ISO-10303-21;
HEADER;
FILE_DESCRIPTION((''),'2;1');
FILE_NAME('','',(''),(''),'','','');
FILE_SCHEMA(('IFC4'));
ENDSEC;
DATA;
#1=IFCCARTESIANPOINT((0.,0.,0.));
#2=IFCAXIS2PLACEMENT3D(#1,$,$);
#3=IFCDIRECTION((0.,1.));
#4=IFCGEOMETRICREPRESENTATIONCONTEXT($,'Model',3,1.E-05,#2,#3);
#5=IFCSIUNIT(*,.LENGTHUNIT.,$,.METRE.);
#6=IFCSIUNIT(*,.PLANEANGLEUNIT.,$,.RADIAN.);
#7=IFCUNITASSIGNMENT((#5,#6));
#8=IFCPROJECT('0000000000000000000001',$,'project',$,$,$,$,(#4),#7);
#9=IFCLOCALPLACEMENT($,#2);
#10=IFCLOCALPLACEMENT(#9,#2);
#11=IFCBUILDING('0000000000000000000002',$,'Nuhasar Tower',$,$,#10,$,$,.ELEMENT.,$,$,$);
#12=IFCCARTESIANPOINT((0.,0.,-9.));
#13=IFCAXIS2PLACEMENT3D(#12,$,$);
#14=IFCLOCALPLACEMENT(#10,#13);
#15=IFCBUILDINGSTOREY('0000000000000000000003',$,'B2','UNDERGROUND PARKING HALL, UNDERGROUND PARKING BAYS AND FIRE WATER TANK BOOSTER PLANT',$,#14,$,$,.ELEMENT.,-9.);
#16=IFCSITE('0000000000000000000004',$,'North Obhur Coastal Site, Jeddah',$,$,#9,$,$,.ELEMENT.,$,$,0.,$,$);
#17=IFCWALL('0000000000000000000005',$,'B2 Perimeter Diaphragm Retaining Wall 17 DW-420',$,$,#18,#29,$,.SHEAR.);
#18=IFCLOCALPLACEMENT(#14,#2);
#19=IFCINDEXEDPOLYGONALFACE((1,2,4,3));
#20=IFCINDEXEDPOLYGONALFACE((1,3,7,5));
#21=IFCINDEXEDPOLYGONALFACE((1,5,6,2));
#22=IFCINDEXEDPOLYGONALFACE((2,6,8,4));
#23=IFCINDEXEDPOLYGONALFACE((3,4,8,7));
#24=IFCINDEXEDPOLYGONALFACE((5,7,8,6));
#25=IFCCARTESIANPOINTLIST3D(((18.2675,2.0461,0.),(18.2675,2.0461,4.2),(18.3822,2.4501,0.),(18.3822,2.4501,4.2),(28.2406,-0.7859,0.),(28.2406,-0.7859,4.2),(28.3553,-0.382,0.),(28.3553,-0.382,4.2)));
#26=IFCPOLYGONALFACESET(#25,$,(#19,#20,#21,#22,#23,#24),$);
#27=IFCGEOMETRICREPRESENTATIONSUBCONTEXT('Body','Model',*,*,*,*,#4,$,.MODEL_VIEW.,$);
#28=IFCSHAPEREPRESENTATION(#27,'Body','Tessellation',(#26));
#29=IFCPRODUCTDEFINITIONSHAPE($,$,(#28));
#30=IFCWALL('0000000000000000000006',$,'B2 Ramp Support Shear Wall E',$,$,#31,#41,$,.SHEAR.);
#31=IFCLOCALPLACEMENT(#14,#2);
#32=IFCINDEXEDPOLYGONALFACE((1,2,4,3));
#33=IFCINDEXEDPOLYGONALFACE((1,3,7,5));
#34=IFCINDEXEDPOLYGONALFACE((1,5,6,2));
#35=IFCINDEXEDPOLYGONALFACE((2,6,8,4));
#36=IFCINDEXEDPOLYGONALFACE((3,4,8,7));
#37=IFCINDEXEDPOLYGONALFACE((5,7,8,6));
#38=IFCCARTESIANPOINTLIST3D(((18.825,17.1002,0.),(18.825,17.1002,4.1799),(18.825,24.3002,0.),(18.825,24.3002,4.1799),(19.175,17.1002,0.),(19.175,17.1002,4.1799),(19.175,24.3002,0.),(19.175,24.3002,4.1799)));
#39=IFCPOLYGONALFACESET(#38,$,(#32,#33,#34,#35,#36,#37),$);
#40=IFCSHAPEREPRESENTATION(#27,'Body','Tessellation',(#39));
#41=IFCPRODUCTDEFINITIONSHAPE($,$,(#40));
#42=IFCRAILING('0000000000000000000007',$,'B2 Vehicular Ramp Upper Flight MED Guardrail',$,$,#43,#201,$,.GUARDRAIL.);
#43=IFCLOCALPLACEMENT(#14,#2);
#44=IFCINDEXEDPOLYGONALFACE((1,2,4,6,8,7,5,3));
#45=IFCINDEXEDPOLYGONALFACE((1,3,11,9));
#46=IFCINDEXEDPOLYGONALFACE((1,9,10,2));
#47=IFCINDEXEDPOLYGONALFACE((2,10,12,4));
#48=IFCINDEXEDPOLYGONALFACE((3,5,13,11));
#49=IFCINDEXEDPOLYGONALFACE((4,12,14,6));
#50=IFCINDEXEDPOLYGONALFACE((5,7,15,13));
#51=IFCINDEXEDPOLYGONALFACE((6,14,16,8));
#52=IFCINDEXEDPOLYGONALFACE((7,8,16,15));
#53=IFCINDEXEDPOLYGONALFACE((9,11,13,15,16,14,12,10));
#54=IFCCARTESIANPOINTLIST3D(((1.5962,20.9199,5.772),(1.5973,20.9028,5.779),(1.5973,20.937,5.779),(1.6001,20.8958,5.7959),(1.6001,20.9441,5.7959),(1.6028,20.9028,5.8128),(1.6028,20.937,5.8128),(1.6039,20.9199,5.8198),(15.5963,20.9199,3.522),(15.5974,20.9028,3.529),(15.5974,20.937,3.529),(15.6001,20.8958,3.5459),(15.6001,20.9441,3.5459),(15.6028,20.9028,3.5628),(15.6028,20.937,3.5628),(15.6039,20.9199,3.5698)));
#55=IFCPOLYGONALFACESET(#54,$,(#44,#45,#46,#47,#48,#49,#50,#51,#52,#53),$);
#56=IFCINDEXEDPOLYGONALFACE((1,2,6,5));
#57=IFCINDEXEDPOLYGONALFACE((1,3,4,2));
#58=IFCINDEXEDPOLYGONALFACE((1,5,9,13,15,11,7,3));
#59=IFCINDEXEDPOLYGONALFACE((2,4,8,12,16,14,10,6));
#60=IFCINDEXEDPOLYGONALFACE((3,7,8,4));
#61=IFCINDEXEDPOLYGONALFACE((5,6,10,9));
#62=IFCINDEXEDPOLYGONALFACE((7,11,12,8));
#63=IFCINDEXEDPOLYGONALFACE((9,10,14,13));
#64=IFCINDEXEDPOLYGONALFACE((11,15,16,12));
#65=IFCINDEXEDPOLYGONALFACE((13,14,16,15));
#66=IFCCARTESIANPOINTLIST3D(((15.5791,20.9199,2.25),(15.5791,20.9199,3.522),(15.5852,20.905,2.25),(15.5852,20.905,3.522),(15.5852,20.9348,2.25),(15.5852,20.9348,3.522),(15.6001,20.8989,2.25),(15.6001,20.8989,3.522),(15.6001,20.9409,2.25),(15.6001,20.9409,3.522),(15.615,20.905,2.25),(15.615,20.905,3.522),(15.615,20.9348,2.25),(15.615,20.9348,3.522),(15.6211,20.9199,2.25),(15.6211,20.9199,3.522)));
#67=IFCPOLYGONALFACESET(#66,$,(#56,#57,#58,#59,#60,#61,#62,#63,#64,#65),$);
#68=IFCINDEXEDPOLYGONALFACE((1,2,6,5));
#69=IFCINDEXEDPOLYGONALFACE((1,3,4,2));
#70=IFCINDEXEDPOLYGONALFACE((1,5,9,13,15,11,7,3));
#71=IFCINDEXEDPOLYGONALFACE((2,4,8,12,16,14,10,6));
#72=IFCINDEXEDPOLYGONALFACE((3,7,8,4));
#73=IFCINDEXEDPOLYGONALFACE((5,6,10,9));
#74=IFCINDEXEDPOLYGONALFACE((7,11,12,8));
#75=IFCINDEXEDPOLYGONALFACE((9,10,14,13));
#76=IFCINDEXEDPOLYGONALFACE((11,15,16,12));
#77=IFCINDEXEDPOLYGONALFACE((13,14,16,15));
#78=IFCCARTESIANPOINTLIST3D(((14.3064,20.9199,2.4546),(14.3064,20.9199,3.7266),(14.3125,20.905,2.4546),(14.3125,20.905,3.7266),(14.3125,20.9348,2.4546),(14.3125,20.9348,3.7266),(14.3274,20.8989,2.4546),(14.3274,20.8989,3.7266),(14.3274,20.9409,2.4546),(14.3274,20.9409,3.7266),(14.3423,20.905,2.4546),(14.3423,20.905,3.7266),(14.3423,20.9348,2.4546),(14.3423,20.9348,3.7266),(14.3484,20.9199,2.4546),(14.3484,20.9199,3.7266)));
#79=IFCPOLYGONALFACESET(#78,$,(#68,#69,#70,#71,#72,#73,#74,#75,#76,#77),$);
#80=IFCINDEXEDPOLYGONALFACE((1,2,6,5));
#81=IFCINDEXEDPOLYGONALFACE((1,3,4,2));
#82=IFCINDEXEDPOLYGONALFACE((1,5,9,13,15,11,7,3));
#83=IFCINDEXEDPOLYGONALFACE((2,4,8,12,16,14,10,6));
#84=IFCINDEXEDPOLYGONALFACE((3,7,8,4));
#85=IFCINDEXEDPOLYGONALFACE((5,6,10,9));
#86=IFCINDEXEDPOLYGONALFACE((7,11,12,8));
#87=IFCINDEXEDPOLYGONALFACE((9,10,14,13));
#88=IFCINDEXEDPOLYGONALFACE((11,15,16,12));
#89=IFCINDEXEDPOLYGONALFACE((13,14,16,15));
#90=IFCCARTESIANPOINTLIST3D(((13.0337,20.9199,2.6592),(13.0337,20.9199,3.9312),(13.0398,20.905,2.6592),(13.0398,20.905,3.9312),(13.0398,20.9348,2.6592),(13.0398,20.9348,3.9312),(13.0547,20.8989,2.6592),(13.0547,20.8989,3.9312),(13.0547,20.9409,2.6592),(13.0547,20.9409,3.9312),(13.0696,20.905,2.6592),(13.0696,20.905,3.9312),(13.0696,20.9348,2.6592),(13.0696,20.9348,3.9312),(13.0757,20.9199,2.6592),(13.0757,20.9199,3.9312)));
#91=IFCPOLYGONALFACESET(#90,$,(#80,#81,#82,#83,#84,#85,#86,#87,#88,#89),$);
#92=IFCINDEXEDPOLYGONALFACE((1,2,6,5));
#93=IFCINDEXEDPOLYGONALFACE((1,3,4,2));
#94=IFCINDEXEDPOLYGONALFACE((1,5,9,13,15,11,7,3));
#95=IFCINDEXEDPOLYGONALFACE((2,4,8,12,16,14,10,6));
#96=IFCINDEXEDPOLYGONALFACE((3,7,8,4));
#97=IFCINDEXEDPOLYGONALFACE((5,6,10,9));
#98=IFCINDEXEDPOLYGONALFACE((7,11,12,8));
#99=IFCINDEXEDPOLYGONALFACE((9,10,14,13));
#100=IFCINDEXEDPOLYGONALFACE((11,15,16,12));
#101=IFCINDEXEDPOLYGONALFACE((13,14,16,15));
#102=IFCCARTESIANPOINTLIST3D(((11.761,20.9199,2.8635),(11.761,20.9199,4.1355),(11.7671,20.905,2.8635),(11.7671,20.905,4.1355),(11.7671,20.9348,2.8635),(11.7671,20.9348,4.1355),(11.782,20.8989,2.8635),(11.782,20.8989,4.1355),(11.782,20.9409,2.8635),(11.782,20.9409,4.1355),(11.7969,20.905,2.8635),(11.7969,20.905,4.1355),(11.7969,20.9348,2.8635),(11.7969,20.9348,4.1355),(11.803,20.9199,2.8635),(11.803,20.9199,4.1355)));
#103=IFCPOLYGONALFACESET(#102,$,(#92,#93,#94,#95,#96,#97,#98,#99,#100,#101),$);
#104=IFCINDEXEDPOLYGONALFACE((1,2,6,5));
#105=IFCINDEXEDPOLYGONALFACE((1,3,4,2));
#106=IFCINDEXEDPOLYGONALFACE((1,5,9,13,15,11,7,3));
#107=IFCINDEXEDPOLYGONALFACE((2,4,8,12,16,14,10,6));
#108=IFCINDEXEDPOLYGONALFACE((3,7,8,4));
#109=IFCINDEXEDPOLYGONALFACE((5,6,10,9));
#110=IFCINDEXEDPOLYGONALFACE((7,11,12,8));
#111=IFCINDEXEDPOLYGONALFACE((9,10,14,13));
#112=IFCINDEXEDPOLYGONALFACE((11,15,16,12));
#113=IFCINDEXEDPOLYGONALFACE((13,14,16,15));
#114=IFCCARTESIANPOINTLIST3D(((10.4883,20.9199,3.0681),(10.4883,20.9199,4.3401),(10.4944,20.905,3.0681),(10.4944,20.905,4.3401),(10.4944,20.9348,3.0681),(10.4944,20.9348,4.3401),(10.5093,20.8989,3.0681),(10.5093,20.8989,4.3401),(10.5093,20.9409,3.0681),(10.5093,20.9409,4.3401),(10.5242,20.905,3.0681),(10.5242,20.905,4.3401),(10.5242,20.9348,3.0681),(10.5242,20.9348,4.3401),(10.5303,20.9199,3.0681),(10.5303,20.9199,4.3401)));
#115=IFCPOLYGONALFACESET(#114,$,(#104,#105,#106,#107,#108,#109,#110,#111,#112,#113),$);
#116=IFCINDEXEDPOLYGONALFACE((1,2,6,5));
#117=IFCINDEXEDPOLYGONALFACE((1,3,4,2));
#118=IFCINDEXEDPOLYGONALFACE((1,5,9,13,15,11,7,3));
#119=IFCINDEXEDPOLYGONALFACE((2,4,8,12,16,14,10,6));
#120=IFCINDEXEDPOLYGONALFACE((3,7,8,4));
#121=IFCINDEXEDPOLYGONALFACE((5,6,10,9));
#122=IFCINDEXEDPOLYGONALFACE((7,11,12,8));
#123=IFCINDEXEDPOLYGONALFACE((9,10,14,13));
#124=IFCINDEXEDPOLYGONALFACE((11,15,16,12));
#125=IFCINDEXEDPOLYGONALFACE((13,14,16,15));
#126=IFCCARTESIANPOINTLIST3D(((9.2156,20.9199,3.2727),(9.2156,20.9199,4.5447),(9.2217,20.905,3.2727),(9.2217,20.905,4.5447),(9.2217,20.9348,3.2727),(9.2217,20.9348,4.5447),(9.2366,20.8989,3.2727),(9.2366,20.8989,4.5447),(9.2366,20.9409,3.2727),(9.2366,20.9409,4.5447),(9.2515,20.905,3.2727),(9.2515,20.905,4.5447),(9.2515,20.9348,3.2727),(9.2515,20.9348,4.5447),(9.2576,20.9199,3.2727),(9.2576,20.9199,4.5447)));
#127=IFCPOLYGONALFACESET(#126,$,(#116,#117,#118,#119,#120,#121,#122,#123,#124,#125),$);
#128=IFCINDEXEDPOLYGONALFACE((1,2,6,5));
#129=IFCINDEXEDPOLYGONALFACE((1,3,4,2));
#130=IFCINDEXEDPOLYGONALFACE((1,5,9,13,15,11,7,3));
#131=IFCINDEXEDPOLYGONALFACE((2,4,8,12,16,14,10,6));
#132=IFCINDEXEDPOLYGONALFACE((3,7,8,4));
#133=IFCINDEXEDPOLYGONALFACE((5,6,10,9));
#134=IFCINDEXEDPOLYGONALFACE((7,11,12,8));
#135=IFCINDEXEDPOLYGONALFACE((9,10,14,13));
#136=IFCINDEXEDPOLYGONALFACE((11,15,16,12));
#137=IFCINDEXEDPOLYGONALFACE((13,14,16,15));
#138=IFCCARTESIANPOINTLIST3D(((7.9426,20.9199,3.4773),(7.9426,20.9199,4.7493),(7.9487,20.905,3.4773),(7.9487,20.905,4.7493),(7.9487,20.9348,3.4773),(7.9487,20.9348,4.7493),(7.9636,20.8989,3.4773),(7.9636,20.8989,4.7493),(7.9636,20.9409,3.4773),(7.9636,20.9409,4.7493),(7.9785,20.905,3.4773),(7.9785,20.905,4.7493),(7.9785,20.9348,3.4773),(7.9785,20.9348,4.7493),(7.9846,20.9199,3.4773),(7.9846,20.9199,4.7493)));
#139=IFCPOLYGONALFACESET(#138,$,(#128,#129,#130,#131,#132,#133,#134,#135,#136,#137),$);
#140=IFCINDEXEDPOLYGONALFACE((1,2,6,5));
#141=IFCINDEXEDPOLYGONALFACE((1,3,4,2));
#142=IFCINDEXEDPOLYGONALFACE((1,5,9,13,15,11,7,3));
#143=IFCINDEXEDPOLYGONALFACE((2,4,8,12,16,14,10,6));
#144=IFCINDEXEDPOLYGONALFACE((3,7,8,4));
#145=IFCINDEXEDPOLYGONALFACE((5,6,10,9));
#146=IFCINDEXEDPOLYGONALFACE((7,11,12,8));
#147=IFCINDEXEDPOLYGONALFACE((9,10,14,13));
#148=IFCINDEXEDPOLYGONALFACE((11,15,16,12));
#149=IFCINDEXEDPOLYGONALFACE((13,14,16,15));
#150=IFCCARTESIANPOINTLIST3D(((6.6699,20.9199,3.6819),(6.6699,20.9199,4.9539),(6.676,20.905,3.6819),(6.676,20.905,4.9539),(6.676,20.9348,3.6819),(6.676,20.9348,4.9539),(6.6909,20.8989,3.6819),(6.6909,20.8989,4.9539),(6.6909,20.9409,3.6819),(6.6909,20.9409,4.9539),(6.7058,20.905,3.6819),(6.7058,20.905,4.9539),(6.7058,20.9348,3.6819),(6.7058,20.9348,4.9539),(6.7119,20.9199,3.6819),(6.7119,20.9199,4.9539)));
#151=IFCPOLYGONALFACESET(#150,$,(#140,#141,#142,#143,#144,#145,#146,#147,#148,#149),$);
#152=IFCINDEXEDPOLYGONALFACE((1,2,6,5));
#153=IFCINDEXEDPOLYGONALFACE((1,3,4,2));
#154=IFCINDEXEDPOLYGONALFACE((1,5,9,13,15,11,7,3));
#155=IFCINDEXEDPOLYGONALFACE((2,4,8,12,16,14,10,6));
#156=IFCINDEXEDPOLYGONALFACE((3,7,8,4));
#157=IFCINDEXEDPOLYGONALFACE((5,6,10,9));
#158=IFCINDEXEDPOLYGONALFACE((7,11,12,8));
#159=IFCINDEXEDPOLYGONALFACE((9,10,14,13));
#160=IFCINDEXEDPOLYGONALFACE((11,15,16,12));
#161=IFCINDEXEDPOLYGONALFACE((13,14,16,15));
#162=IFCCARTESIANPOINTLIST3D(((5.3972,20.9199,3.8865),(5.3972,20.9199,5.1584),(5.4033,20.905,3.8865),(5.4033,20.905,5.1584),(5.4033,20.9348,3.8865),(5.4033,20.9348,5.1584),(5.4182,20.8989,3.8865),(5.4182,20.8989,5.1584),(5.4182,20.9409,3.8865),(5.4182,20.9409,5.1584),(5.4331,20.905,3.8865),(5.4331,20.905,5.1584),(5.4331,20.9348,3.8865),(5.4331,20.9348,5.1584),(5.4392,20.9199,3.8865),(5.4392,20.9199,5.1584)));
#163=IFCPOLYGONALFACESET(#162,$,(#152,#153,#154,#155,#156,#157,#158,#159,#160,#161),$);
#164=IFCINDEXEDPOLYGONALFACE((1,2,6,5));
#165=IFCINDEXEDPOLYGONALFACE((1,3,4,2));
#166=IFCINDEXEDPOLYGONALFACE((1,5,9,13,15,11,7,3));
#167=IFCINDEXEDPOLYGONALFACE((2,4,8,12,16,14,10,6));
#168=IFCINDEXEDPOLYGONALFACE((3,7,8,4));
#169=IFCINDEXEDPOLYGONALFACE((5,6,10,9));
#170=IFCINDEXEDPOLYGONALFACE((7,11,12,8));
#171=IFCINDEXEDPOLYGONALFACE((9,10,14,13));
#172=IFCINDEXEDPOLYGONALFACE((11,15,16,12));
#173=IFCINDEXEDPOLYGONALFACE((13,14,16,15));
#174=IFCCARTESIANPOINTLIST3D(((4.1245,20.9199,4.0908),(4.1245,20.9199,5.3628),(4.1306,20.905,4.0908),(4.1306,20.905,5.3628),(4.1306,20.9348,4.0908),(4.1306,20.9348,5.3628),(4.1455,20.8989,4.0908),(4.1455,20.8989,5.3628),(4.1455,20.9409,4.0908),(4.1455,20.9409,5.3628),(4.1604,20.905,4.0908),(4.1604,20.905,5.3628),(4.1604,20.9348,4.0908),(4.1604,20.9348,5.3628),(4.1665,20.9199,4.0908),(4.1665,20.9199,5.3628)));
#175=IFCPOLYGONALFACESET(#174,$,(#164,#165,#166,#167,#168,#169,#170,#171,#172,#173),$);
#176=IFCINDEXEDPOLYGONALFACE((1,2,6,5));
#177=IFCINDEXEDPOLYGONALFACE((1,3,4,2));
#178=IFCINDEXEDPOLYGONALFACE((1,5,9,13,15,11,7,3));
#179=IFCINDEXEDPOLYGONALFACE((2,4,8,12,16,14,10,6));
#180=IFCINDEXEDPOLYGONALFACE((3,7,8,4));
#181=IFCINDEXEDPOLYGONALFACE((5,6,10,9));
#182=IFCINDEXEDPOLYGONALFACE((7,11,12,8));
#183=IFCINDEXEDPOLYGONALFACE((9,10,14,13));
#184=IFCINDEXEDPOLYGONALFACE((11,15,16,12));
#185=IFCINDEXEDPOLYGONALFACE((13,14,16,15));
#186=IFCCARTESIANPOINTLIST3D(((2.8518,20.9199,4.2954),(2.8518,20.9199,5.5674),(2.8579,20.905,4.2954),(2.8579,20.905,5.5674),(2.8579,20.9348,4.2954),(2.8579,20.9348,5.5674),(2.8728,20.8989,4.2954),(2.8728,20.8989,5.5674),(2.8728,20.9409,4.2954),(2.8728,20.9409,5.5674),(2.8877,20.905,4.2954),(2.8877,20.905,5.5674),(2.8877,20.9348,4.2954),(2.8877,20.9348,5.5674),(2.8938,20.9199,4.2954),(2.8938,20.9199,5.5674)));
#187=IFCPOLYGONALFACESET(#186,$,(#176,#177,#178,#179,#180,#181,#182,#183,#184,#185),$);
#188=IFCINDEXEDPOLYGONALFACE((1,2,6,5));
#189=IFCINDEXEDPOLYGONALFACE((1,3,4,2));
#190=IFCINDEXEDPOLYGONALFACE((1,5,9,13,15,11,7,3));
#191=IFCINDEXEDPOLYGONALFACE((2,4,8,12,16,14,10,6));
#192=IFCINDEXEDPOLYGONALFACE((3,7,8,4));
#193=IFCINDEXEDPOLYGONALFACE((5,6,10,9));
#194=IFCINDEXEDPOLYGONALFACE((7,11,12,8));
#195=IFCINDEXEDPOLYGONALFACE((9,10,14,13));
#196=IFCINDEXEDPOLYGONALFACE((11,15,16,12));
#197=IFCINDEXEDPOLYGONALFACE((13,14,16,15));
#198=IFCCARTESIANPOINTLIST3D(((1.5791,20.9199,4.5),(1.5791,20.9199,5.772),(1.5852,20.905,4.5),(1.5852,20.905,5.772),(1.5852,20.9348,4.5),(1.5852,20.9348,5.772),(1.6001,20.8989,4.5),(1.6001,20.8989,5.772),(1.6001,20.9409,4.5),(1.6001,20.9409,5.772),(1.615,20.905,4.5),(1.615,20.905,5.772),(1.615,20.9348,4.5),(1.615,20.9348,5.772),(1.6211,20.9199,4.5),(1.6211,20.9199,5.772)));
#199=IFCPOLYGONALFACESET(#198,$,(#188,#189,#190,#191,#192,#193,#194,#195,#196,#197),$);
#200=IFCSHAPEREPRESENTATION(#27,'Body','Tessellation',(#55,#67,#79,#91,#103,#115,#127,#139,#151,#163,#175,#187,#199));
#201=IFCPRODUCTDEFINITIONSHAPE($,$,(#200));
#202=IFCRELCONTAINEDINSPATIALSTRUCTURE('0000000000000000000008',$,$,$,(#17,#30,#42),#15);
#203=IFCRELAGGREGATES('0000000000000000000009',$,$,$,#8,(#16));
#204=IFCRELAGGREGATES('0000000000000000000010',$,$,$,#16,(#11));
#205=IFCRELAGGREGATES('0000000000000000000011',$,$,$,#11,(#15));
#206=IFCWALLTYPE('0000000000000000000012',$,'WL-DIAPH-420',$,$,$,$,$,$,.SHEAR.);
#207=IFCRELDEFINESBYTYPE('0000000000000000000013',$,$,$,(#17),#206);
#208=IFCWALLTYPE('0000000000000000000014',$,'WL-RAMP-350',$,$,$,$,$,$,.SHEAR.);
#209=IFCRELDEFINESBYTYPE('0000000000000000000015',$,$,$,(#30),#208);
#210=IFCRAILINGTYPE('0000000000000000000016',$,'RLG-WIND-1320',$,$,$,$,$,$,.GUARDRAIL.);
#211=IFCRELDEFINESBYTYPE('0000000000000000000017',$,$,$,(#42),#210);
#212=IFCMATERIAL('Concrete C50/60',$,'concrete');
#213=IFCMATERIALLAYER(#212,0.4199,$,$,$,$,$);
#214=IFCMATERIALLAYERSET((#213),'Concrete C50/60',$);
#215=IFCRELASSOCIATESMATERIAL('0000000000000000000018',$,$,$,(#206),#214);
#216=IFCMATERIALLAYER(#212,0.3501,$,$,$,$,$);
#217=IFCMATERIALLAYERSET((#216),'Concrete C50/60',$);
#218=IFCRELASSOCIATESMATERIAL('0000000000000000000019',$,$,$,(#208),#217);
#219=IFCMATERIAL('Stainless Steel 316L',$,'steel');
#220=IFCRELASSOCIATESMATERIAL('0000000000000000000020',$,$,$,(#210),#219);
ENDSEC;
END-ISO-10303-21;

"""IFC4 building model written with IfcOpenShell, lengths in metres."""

from ifc_helpers import new_model, si_unit, direction, frame, frame_2d, origin, place, context, subcontext, project, spatial, polyline, rectangle, outline, extrude, material, layer, layer_set, type_object, element, save


model = new_model("IFC4")

# Units and contexts
model_context = context("Model", 3, precision=1e-05, world=origin(), true_north=direction((0.0, 1.0)))
body_context = subcontext(model_context, "Body", "Model", "MODEL_VIEW")
ifc_project = project(units=[si_unit("LENGTHUNIT", "METRE"), si_unit("PLANEANGLEUNIT", "RADIAN")], contexts=[model_context])

# Site, building, storey
site_placement = place(None, origin())
site = spatial("IfcSite", under=ifc_project, at=site_placement, Name="North Obhur Coastal Site, Jeddah", CompositionType="ELEMENT", RefElevation=0.0)
building_placement = place(site_placement, origin())
building = spatial("IfcBuilding", under=site, at=building_placement, Name="Nuhasar Tower", CompositionType="ELEMENT")
storey_placement = place(building_placement, frame((0.0, 0.0, -9.0)))
storey = spatial("IfcBuildingStorey", under=building, at=storey_placement, Name="B2", Description="UNDERGROUND PARKING HALL, UNDERGROUND PARKING BAYS AND FIRE WATER TANK BOOSTER PLANT", CompositionType="ELEMENT", Elevation=-9.0)

# Shared definitions
ifc_material_1 = material(Name="Concrete C50/60", Category="concrete")

# Walls
ifc_layer_1 = layer(ifc_material_1, 0.4199)
ifc_layer_set_1 = layer_set([ifc_layer_1], Name="Concrete C50/60")
wall_type_1 = type_object("IfcWallType", Name="WL-DIAPH-420", PredefinedType="SHEAR", material=ifc_layer_set_1)
wall_1_placement = place(storey_placement, frame((18.325, 2.248, 0.0), z_axis=(0.0, 0.0, 1.0), x_axis=(0.961967, -0.273166, 0.0)))
element("IfcWall", 1, at=wall_1_placement, inside=storey, type_object=wall_type_1, Name="B2 Perimeter Diaphragm Retaining Wall 17 DW-420", PredefinedType="SHEAR", context=body_context, shape_type="SweptSolid", body=[
    extrude(rectangle(XDim=10.3674, YDim=0.4199, at=frame_2d((5.1836, 0.0))), origin(), (0.0, 0.0, 1.0), 4.2),
])
ifc_layer_2 = layer(ifc_material_1, 0.3501)
ifc_layer_set_2 = layer_set([ifc_layer_2], Name="Concrete C50/60")
wall_type_2 = type_object("IfcWallType", Name="WL-RAMP-350", PredefinedType="SHEAR", material=ifc_layer_set_2)
wall_2_placement = place(storey_placement, frame((19.0, 17.1001, 0.0), z_axis=(0.0, 0.0, 1.0), x_axis=(0.0, 1.0, 0.0)))
element("IfcWall", 2, at=wall_2_placement, inside=storey, type_object=wall_type_2, Name="B2 Ramp Support Shear Wall E", PredefinedType="SHEAR", context=body_context, shape_type="SweptSolid", body=[
    extrude(rectangle(XDim=7.2, YDim=0.3501, at=frame_2d((3.6001, 0.0))), origin(), (0.0, 0.0, 1.0), 4.1799),
])

# Railing
ifc_material_2 = material(Name="Stainless Steel 316L", Category="steel")
railing_type = type_object("IfcRailingType", Name="RLG-WIND-1320", PredefinedType="GUARDRAIL", material=ifc_material_2)
railing_1_placement = place(storey_placement, frame((15.6001, 20.9199, 2.25)))
element("IfcRailing", 3, at=railing_1_placement, inside=storey, type_object=railing_type, Name="B2 Vehicular Ramp Upper Flight MED Guardrail", PredefinedType="GUARDRAIL", context=body_context, shape_type="SweptSolid", body=[
    extrude(outline(polyline([(0.0242, 0.0), (0.0171, 0.0171), (0.0, 0.0242), (-0.0171, 0.0171), (-0.0242, 0.0), (-0.0171, -0.0171), (0.0, -0.0242), (0.0171, -0.0171), (0.0242, 0.0)])), frame((0.0, 0.0, 1.2959), z_axis=(-0.98733, 0.0, 0.158678), x_axis=(0.0, -1.0, 0.0)), (0.0, 0.0, 1.0), 14.1797),
    extrude(outline(polyline([(0.021, 0.0), (0.0149, 0.0149), (0.0, 0.021), (-0.0149, 0.0149), (-0.021, 0.0), (-0.0149, -0.0149), (0.0, -0.021), (0.0149, -0.0149), (0.021, 0.0)])), origin(), (0.0, 0.0, 1.0), 1.272),
    extrude(outline(polyline([(0.021, 0.0), (0.0149, 0.0149), (0.0, 0.021), (-0.0149, 0.0149), (-0.021, 0.0), (-0.0149, -0.0149), (0.0, -0.021), (0.0149, -0.0149), (0.021, 0.0)])), frame((-1.2727, 0.0, 0.2046)), (0.0, 0.0, 1.0), 1.272),
    extrude(outline(polyline([(0.021, 0.0), (0.0149, 0.0149), (0.0, 0.021), (-0.0149, 0.0149), (-0.021, 0.0), (-0.0149, -0.0149), (0.0, -0.021), (0.0149, -0.0149), (0.021, 0.0)])), frame((-2.5454, 0.0, 0.4092)), (0.0, 0.0, 1.0), 1.272),
    extrude(outline(polyline([(0.021, 0.0), (0.0149, 0.0149), (0.0, 0.021), (-0.0149, 0.0149), (-0.021, 0.0), (-0.0149, -0.0149), (0.0, -0.021), (0.0149, -0.0149), (0.021, 0.0)])), frame((-3.8181, 0.0, 0.6135)), (0.0, 0.0, 1.0), 1.272),
    extrude(outline(polyline([(0.021, 0.0), (0.0149, 0.0149), (0.0, 0.021), (-0.0149, 0.0149), (-0.021, 0.0), (-0.0149, -0.0149), (0.0, -0.021), (0.0149, -0.0149), (0.021, 0.0)])), frame((-5.0908, 0.0, 0.8181)), (0.0, 0.0, 1.0), 1.272),
    extrude(outline(polyline([(0.021, 0.0), (0.0149, 0.0149), (0.0, 0.021), (-0.0149, 0.0149), (-0.021, 0.0), (-0.0149, -0.0149), (0.0, -0.021), (0.0149, -0.0149), (0.021, 0.0)])), frame((-6.3635, 0.0, 1.0227)), (0.0, 0.0, 1.0), 1.272),
    extrude(outline(polyline([(0.021, 0.0), (0.0149, 0.0149), (0.0, 0.021), (-0.0149, 0.0149), (-0.021, 0.0), (-0.0149, -0.0149), (0.0, -0.021), (0.0149, -0.0149), (0.021, 0.0)])), frame((-7.6365, 0.0, 1.2273)), (0.0, 0.0, 1.0), 1.272),
    extrude(outline(polyline([(0.021, 0.0), (0.0149, 0.0149), (0.0, 0.021), (-0.0149, 0.0149), (-0.021, 0.0), (-0.0149, -0.0149), (0.0, -0.021), (0.0149, -0.0149), (0.021, 0.0)])), frame((-8.9092, 0.0, 1.4319)), (0.0, 0.0, 1.0), 1.272),
    extrude(outline(polyline([(0.021, 0.0), (0.0149, 0.0149), (0.0, 0.021), (-0.0149, 0.0149), (-0.021, 0.0), (-0.0149, -0.0149), (0.0, -0.021), (0.0149, -0.0149), (0.021, 0.0)])), frame((-10.1819, 0.0, 1.6365)), (0.0, 0.0, 1.0), 1.272),
    extrude(outline(polyline([(0.021, 0.0), (0.0149, 0.0149), (0.0, 0.021), (-0.0149, 0.0149), (-0.021, 0.0), (-0.0149, -0.0149), (0.0, -0.021), (0.0149, -0.0149), (0.021, 0.0)])), frame((-11.4546, 0.0, 1.8408)), (0.0, 0.0, 1.0), 1.272),
    extrude(outline(polyline([(0.021, 0.0), (0.0149, 0.0149), (0.0, 0.021), (-0.0149, 0.0149), (-0.021, 0.0), (-0.0149, -0.0149), (0.0, -0.021), (0.0149, -0.0149), (0.021, 0.0)])), frame((-12.7273, 0.0, 2.0454)), (0.0, 0.0, 1.0), 1.272),
    extrude(outline(polyline([(0.021, 0.0), (0.0149, 0.0149), (0.0, 0.021), (-0.0149, 0.0149), (-0.021, 0.0), (-0.0149, -0.0149), (0.0, -0.021), (0.0149, -0.0149), (0.021, 0.0)])), frame((-14.0, 0.0, 2.25)), (0.0, 0.0, 1.0), 1.272),
])

save(model, "model.ifc")
